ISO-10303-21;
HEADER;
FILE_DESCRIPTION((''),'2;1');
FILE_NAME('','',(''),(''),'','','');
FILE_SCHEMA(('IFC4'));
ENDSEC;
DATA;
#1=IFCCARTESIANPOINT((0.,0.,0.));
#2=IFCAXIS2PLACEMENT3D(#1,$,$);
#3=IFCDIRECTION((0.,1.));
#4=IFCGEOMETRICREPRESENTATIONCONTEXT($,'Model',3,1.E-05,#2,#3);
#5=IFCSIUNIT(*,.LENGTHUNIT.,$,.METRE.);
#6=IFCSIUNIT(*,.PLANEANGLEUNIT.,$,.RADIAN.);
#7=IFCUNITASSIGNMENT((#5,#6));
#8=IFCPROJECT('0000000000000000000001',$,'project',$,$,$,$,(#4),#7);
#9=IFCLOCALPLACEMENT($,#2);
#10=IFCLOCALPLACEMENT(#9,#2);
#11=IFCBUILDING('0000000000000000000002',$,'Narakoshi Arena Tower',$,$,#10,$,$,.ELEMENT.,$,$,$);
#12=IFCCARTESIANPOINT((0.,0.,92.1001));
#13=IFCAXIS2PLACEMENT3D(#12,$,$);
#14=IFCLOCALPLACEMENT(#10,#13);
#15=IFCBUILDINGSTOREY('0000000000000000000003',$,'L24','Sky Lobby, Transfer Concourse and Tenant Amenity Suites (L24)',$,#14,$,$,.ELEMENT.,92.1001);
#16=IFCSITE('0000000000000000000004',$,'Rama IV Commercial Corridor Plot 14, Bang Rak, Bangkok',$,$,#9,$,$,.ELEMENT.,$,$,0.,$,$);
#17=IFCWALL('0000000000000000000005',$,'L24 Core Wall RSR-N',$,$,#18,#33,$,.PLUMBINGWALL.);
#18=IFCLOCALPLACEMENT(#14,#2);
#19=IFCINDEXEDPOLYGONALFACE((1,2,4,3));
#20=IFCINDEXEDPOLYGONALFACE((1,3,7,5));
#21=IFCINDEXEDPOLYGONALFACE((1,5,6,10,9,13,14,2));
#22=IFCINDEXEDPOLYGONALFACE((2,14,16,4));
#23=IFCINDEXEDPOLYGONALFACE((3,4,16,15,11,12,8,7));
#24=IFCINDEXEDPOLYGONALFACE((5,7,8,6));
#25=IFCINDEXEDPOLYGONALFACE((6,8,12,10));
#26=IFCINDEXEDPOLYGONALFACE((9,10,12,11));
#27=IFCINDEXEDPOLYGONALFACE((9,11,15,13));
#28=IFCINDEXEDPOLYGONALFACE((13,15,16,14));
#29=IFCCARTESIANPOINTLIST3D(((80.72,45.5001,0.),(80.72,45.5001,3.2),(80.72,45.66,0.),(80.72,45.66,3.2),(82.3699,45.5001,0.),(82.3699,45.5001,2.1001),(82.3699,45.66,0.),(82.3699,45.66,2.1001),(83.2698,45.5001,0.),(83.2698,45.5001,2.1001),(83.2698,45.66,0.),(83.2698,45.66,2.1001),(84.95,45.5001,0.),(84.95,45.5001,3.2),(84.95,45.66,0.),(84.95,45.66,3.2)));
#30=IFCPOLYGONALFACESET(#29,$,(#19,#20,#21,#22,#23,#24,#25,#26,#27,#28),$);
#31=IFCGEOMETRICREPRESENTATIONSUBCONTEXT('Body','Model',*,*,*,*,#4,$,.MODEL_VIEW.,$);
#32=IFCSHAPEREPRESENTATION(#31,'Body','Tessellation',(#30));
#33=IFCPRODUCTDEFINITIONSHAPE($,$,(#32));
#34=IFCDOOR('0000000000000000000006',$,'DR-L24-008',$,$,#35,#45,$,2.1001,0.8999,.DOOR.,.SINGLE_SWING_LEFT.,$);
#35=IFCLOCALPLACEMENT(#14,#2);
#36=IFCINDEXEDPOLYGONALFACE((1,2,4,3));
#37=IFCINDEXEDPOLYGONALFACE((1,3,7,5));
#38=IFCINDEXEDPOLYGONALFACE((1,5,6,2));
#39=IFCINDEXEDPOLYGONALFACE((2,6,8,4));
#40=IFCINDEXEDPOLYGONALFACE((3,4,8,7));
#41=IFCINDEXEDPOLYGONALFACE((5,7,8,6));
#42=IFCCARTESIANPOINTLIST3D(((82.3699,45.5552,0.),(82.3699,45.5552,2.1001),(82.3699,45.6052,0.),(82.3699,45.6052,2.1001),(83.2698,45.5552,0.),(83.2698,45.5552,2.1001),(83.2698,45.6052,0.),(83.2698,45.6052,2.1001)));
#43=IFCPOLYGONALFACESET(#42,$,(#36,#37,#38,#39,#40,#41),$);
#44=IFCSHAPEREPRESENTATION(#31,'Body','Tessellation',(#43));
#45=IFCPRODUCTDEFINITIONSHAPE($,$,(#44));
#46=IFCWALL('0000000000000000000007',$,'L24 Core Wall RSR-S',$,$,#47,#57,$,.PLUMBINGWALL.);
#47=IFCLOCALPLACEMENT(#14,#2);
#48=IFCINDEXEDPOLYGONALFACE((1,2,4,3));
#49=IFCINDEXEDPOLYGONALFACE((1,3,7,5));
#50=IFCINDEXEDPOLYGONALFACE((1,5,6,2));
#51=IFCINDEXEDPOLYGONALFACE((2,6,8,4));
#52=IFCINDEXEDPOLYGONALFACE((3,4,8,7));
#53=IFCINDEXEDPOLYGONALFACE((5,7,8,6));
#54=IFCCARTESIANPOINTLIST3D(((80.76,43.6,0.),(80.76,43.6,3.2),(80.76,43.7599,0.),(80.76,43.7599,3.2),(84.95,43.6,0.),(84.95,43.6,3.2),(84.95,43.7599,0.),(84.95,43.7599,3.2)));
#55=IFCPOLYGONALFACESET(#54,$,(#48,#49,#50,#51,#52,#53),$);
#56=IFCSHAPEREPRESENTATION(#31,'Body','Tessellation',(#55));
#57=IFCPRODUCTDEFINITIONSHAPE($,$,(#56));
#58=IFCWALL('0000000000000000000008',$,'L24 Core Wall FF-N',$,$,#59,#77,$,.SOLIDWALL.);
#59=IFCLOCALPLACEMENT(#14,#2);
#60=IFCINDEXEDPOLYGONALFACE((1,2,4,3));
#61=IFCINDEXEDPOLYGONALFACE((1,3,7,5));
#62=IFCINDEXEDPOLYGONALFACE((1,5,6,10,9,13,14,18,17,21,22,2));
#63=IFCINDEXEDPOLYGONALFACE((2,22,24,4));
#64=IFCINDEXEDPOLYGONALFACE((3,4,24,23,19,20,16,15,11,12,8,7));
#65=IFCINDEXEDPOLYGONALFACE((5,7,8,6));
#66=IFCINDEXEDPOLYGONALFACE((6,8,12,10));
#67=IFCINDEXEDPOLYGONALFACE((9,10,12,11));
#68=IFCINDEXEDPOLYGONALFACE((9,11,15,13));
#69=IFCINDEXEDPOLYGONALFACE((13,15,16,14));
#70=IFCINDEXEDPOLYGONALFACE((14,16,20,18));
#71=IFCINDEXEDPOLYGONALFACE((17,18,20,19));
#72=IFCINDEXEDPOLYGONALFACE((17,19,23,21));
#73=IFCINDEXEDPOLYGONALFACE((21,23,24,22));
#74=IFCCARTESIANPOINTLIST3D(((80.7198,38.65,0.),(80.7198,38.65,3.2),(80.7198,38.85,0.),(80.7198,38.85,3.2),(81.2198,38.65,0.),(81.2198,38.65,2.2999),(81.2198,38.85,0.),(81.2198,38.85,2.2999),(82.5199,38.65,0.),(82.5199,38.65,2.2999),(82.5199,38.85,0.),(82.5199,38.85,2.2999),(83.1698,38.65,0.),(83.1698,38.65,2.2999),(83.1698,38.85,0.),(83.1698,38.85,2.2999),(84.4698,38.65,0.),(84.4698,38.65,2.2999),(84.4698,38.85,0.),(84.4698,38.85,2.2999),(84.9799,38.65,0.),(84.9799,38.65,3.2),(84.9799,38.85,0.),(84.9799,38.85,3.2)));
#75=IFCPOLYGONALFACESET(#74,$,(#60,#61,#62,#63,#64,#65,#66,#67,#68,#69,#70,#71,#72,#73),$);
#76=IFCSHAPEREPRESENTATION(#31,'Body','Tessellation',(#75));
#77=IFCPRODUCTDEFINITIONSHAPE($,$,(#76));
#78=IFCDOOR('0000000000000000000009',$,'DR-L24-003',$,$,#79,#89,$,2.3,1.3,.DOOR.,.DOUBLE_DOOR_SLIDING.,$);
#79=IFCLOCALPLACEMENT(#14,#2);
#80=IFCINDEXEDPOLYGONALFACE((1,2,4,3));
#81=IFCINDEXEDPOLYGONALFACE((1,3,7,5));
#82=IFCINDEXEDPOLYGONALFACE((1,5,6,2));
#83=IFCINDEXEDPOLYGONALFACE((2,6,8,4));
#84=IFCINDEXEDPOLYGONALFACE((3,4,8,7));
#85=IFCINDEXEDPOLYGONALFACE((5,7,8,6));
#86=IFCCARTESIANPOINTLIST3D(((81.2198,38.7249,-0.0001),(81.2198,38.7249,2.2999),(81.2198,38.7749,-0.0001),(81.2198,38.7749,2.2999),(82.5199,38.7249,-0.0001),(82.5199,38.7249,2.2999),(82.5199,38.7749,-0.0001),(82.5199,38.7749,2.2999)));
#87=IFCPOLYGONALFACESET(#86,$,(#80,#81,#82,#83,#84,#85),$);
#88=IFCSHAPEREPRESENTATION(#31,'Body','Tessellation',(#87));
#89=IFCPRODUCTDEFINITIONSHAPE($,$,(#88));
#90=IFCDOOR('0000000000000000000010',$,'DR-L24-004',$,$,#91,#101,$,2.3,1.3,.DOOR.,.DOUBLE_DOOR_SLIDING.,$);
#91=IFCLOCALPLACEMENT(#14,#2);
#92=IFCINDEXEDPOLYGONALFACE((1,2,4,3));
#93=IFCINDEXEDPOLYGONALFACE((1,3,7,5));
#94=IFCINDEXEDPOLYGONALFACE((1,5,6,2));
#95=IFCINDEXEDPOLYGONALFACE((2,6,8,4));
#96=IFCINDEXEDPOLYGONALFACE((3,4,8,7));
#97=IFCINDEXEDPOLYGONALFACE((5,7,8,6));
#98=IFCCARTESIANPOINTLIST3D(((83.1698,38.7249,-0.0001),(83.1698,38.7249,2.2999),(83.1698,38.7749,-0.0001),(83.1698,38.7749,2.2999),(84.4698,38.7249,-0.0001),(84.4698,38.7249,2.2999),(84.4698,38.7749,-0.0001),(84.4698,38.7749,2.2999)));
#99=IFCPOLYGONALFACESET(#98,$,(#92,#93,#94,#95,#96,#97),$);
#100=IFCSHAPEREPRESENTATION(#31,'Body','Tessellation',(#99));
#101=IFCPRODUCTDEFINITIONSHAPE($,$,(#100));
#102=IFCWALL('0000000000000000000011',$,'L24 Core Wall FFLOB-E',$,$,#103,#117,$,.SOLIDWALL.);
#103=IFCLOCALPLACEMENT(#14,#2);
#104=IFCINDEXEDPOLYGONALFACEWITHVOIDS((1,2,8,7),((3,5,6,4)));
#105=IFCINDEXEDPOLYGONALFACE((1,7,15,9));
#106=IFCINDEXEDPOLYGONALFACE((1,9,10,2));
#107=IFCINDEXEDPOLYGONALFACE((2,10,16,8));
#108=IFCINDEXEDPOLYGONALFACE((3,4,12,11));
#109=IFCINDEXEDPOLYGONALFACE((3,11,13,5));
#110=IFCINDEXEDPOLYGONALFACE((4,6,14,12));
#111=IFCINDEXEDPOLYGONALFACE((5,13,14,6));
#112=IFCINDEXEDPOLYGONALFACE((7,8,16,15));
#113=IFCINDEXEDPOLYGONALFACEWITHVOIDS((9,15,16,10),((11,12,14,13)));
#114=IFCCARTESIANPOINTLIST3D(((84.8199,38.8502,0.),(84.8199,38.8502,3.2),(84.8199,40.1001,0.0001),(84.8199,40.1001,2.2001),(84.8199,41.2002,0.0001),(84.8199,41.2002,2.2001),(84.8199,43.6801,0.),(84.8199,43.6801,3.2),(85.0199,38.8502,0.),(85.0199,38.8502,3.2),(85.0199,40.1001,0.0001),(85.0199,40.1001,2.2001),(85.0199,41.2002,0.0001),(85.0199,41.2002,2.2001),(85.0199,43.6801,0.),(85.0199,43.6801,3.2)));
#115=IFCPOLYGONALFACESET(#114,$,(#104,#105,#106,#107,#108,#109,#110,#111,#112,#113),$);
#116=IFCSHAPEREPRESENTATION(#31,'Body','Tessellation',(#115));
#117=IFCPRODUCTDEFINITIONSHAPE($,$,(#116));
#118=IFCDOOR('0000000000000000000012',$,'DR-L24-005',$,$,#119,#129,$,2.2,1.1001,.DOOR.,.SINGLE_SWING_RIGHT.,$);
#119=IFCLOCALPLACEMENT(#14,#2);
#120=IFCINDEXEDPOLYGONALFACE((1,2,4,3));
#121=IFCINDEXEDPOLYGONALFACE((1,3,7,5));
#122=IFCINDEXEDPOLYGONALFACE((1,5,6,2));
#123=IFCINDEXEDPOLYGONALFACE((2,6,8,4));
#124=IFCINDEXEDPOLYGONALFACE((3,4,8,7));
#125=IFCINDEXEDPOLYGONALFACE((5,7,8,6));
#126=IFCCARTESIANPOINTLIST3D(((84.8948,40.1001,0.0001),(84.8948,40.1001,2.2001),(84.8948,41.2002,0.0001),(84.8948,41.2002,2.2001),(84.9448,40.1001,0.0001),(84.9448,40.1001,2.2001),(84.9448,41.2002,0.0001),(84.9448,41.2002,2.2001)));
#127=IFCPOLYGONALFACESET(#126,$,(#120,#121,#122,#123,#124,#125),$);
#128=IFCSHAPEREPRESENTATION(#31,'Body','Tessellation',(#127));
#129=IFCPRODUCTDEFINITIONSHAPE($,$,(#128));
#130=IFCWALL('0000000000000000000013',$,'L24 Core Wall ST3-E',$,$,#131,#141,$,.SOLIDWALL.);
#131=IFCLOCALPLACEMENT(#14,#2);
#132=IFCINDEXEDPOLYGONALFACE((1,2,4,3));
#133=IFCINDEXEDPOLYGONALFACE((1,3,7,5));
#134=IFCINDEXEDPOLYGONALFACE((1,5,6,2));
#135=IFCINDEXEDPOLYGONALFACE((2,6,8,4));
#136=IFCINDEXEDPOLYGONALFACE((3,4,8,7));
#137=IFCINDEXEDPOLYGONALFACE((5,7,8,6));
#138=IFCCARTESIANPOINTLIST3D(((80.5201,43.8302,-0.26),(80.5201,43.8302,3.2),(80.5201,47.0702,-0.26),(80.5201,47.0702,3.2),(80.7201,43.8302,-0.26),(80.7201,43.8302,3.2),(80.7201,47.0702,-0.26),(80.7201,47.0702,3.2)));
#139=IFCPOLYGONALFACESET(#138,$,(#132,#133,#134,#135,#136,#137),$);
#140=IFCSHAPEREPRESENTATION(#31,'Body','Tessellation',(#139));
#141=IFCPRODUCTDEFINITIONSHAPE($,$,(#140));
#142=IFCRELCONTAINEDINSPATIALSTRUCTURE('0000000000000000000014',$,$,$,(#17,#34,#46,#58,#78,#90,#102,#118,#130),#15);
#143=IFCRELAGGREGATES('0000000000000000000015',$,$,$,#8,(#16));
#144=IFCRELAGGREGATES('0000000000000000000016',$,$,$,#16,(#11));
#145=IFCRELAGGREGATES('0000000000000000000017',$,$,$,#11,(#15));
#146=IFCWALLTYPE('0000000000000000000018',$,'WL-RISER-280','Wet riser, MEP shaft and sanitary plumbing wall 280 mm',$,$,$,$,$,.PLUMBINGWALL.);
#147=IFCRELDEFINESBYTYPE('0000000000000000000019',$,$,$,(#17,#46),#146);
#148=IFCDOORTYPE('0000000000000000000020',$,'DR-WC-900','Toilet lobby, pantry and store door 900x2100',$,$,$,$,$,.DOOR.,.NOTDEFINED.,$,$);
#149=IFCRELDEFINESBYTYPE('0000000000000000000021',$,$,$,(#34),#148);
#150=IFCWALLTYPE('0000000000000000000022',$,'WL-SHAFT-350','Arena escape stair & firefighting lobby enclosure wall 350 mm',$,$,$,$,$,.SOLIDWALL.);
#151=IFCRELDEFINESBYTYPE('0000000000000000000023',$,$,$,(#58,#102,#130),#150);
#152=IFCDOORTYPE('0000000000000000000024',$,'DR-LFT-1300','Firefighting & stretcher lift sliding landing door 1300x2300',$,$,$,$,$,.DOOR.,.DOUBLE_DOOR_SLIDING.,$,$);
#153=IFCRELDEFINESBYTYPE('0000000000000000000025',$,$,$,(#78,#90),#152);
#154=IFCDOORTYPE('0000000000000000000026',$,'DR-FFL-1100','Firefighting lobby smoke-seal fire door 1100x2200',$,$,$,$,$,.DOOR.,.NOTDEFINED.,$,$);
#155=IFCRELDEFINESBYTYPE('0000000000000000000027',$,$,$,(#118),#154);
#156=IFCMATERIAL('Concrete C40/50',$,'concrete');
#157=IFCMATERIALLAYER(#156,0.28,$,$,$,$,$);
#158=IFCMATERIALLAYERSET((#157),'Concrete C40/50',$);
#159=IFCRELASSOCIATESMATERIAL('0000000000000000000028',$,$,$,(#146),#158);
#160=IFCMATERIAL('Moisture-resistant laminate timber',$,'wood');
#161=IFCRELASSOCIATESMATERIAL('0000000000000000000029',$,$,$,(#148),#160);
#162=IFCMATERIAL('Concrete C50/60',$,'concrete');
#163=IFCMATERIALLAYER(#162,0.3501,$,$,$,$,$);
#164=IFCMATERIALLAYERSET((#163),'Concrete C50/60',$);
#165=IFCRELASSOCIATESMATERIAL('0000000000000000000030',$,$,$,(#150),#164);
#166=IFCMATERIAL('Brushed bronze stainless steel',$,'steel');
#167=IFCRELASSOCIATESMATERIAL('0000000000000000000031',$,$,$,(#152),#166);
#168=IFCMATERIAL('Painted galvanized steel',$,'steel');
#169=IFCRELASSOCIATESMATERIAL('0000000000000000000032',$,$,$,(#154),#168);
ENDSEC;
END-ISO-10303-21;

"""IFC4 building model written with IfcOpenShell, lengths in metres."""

from ifc_helpers import new_model, si_unit, direction, frame, frame_2d, origin, place, context, subcontext, project, spatial, rectangle, extrude, material, layer, layer_set, type_object, element, fill, save


model = new_model("IFC4")

# Units and contexts
model_context = context("Model", 3, precision=1e-05, world=origin(), true_north=direction((0.0, 1.0)))
body_context = subcontext(model_context, "Body", "Model", "MODEL_VIEW")
ifc_project = project(units=[si_unit("LENGTHUNIT", "METRE"), si_unit("PLANEANGLEUNIT", "RADIAN")], contexts=[model_context])

# Site, building, storey
site_placement = place(None, origin())
site = spatial("IfcSite", under=ifc_project, at=site_placement, Name="Rama IV Commercial Corridor Plot 14, Bang Rak, Bangkok", CompositionType="ELEMENT", RefElevation=0.0)
building_placement = place(site_placement, origin())
building = spatial("IfcBuilding", under=site, at=building_placement, Name="Narakoshi Arena Tower", CompositionType="ELEMENT")
storey_placement = place(building_placement, frame((0.0, 0.0, 92.1001)))
storey = spatial("IfcBuildingStorey", under=building, at=storey_placement, Name="L24", Description="Sky Lobby, Transfer Concourse and Tenant Amenity Suites (L24)", CompositionType="ELEMENT", Elevation=92.1001)

# Shared definitions
ifc_material_1 = material(Name="Concrete C40/50", Category="concrete")
ifc_layer_1 = layer(ifc_material_1, 0.28)
ifc_layer_set_1 = layer_set([ifc_layer_1], Name="Concrete C40/50")
wall_type_1 = type_object("IfcWallType", Name="WL-RISER-280", Description="Wet riser, MEP shaft and sanitary plumbing wall 280 mm", PredefinedType="PLUMBINGWALL", material=ifc_layer_set_1)

# Wall, opening, door
wall_1_placement = place(storey_placement, frame((80.72, 45.5801, 0.0), z_axis=(0.0, 0.0, 1.0), x_axis=(1.0, 0.0, 0.0)))
wall_1 = element("IfcWall", 1, at=wall_1_placement, inside=storey, type_object=wall_type_1, Name="L24 Core Wall RSR-N", PredefinedType="PLUMBINGWALL", context=body_context, shape_type="SweptSolid", body=[
    extrude(rectangle(XDim=4.23, YDim=0.1599, at=frame_2d((2.115, 0.0))), origin(), (0.0, 0.0, 1.0), 3.2),
])
opening_1_placement = place(wall_1_placement, frame((1.6499, 0.0, 0.0)))
opening_1 = element("IfcOpeningElement", 2, at=opening_1_placement, cuts=wall_1, PredefinedType="OPENING", context=body_context, shape_type="SweptSolid", body=[
    extrude(rectangle(XDim=0.8999, YDim=2.1001, at=frame_2d((0.45, 1.05))), frame((0.0, 0.0898, 0.0), z_axis=(0.0, -1.0, 0.0), x_axis=(1.0, 0.0, 0.0)), (0.0, 0.0, 1.0), 0.1799),
])
ifc_material_2 = material(Name="Moisture-resistant laminate timber", Category="wood")
door_type_1 = type_object("IfcDoorType", Name="DR-WC-900", Description="Toilet lobby, pantry and store door 900x2100", OperationType="NOTDEFINED", PredefinedType="DOOR", material=ifc_material_2)
door_1_placement = place(opening_1_placement, frame((0.8999, 0.0, 0.0), z_axis=(0.0, 0.0, 1.0), x_axis=(-1.0, 0.0, 0.0)))
door_1 = element("IfcDoor", 3, at=door_1_placement, inside=storey, type_object=door_type_1, Name="DR-L24-008", OperationType="SINGLE_SWING_LEFT", OverallHeight=2.1001, OverallWidth=0.8999, PredefinedType="DOOR", context=body_context, shape_type="SweptSolid", body=[
    extrude(rectangle(XDim=0.8999, YDim=2.1001, at=frame_2d((0.45, 1.05))), frame((0.0, 0.0249, 0.0), z_axis=(0.0, -1.0, 0.0), x_axis=(1.0, 0.0, 0.0)), (0.0, 0.0, 1.0), 0.05),
])
fill(opening_1, door_1)

# Wall
wall_2_placement = place(storey_placement, frame((80.76, 43.6799, 0.0), z_axis=(0.0, 0.0, 1.0), x_axis=(1.0, 0.0, 0.0)))
element("IfcWall", 4, at=wall_2_placement, inside=storey, type_object=wall_type_1, Name="L24 Core Wall RSR-S", PredefinedType="PLUMBINGWALL", context=body_context, shape_type="SweptSolid", body=[
    extrude(rectangle(XDim=4.1899, YDim=0.1599, at=frame_2d((2.095, 0.0))), origin(), (0.0, 0.0, 1.0), 3.2),
])

# Wall, openings, doors
ifc_material_3 = material(Name="Concrete C50/60", Category="concrete")
ifc_layer_2 = layer(ifc_material_3, 0.3501)
ifc_layer_set_2 = layer_set([ifc_layer_2], Name="Concrete C50/60")
wall_type_2 = type_object("IfcWallType", Name="WL-SHAFT-350", Description="Arena escape stair & firefighting lobby enclosure wall 350 mm", PredefinedType="SOLIDWALL", material=ifc_layer_set_2)
wall_3_placement = place(storey_placement, frame((80.72, 38.75, 0.0), z_axis=(0.0, 0.0, 1.0), x_axis=(1.0, 0.0, 0.0)))
wall_3 = element("IfcWall", 5, at=wall_3_placement, inside=storey, type_object=wall_type_2, Name="L24 Core Wall FF-N", PredefinedType="SOLIDWALL", context=body_context, shape_type="SweptSolid", body=[
    extrude(rectangle(XDim=4.26, YDim=0.2, at=frame_2d((2.1299, 0.0))), origin(), (0.0, 0.0, 1.0), 3.2),
])
opening_2_placement = place(wall_3_placement, frame((0.5, 0.0, 0.0)))
opening_2 = element("IfcOpeningElement", 6, at=opening_2_placement, cuts=wall_3, PredefinedType="OPENING", context=body_context, shape_type="SweptSolid", body=[
    extrude(rectangle(XDim=1.3, YDim=2.3, at=frame_2d((0.6499, 1.1499))), frame((0.0, 0.1099, 0.0), z_axis=(0.0, -1.0, 0.0), x_axis=(1.0, 0.0, 0.0)), (0.0, 0.0, 1.0), 0.22),
])
opening_3_placement = place(wall_3_placement, frame((2.45, 0.0, 0.0)))
opening_3 = element("IfcOpeningElement", 7, at=opening_3_placement, cuts=wall_3, PredefinedType="OPENING", context=body_context, shape_type="SweptSolid", body=[
    extrude(rectangle(XDim=1.3, YDim=2.3, at=frame_2d((0.6499, 1.1499))), frame((0.0, 0.1099, 0.0), z_axis=(0.0, -1.0, 0.0), x_axis=(1.0, 0.0, 0.0)), (0.0, 0.0, 1.0), 0.22),
])
ifc_material_4 = material(Name="Brushed bronze stainless steel", Category="steel")
door_type_2 = type_object("IfcDoorType", Name="DR-LFT-1300", Description="Firefighting & stretcher lift sliding landing door 1300x2300", OperationType="DOUBLE_DOOR_SLIDING", PredefinedType="DOOR", material=ifc_material_4)
door_2_placement = place(opening_2_placement, origin())
door_2 = element("IfcDoor", 8, at=door_2_placement, inside=storey, type_object=door_type_2, Name="DR-L24-003", OperationType="DOUBLE_DOOR_SLIDING", OverallHeight=2.3, OverallWidth=1.3, PredefinedType="DOOR", context=body_context, shape_type="SweptSolid", body=[
    extrude(rectangle(XDim=1.3, YDim=2.3, at=frame_2d((0.6499, 1.1499))), frame((0.0, 0.0249, 0.0), z_axis=(0.0, -1.0, 0.0), x_axis=(1.0, 0.0, 0.0)), (0.0, 0.0, 1.0), 0.05),
])
fill(opening_2, door_2)
door_3_placement = place(opening_3_placement, origin())
door_3 = element("IfcDoor", 9, at=door_3_placement, inside=storey, type_object=door_type_2, Name="DR-L24-004", OperationType="DOUBLE_DOOR_SLIDING", OverallHeight=2.3, OverallWidth=1.3, PredefinedType="DOOR", context=body_context, shape_type="SweptSolid", body=[
    extrude(rectangle(XDim=1.3, YDim=2.3, at=frame_2d((0.6499, 1.1499))), frame((0.0, 0.0249, 0.0), z_axis=(0.0, -1.0, 0.0), x_axis=(1.0, 0.0, 0.0)), (0.0, 0.0, 1.0), 0.05),
])
fill(opening_3, door_3)

# Wall, opening, door
wall_4_placement = place(storey_placement, frame((84.9199, 38.8501, 0.0), z_axis=(0.0, 0.0, 1.0), x_axis=(0.0, 1.0, 0.0)))
wall_4 = element("IfcWall", 10, at=wall_4_placement, inside=storey, type_object=wall_type_2, Name="L24 Core Wall FFLOB-E", PredefinedType="SOLIDWALL", context=body_context, shape_type="SweptSolid", body=[
    extrude(rectangle(XDim=4.8298, YDim=0.2, at=frame_2d((2.415, 0.0))), origin(), (0.0, 0.0, 1.0), 3.2),
])
opening_4_placement = place(wall_4_placement, frame((1.25, 0.0, 0.0)))
opening_4 = element("IfcOpeningElement", 11, at=opening_4_placement, cuts=wall_4, PredefinedType="OPENING", context=body_context, shape_type="SweptSolid", body=[
    extrude(rectangle(XDim=1.1001, YDim=2.2, at=frame_2d((0.55, 1.1001))), frame((0.0, 0.1099, 0.0), z_axis=(0.0, -1.0, 0.0), x_axis=(1.0, 0.0, 0.0)), (0.0, 0.0, 1.0), 0.22),
])
ifc_material_5 = material(Name="Painted galvanized steel", Category="steel")
door_type_3 = type_object("IfcDoorType", Name="DR-FFL-1100", Description="Firefighting lobby smoke-seal fire door 1100x2200", OperationType="NOTDEFINED", PredefinedType="DOOR", material=ifc_material_5)
door_4_placement = place(opening_4_placement, frame((1.1001, 0.0, 0.0), z_axis=(0.0, 0.0, 1.0), x_axis=(-1.0, 0.0, 0.0)))
door_4 = element("IfcDoor", 12, at=door_4_placement, inside=storey, type_object=door_type_3, Name="DR-L24-005", OperationType="SINGLE_SWING_RIGHT", OverallHeight=2.2, OverallWidth=1.1001, PredefinedType="DOOR", context=body_context, shape_type="SweptSolid", body=[
    extrude(rectangle(XDim=1.1001, YDim=2.2, at=frame_2d((0.55, 1.1001))), frame((0.0, 0.0249, 0.0), z_axis=(0.0, -1.0, 0.0), x_axis=(1.0, 0.0, 0.0)), (0.0, 0.0, 1.0), 0.05),
])
fill(opening_4, door_4)

# Wall
wall_5_placement = place(storey_placement, frame((80.6201, 43.8301, -0.26), z_axis=(0.0, 0.0, 1.0), x_axis=(0.0, 1.0, 0.0)))
element("IfcWall", 13, at=wall_5_placement, inside=storey, type_object=wall_type_2, Name="L24 Core Wall ST3-E", PredefinedType="SOLIDWALL", context=body_context, shape_type="SweptSolid", body=[
    extrude(rectangle(XDim=3.24, YDim=0.2, at=frame_2d((1.6201, 0.0))), origin(), (0.0, 0.0, 1.0), 3.46),
])

save(model, "model.ifc")
